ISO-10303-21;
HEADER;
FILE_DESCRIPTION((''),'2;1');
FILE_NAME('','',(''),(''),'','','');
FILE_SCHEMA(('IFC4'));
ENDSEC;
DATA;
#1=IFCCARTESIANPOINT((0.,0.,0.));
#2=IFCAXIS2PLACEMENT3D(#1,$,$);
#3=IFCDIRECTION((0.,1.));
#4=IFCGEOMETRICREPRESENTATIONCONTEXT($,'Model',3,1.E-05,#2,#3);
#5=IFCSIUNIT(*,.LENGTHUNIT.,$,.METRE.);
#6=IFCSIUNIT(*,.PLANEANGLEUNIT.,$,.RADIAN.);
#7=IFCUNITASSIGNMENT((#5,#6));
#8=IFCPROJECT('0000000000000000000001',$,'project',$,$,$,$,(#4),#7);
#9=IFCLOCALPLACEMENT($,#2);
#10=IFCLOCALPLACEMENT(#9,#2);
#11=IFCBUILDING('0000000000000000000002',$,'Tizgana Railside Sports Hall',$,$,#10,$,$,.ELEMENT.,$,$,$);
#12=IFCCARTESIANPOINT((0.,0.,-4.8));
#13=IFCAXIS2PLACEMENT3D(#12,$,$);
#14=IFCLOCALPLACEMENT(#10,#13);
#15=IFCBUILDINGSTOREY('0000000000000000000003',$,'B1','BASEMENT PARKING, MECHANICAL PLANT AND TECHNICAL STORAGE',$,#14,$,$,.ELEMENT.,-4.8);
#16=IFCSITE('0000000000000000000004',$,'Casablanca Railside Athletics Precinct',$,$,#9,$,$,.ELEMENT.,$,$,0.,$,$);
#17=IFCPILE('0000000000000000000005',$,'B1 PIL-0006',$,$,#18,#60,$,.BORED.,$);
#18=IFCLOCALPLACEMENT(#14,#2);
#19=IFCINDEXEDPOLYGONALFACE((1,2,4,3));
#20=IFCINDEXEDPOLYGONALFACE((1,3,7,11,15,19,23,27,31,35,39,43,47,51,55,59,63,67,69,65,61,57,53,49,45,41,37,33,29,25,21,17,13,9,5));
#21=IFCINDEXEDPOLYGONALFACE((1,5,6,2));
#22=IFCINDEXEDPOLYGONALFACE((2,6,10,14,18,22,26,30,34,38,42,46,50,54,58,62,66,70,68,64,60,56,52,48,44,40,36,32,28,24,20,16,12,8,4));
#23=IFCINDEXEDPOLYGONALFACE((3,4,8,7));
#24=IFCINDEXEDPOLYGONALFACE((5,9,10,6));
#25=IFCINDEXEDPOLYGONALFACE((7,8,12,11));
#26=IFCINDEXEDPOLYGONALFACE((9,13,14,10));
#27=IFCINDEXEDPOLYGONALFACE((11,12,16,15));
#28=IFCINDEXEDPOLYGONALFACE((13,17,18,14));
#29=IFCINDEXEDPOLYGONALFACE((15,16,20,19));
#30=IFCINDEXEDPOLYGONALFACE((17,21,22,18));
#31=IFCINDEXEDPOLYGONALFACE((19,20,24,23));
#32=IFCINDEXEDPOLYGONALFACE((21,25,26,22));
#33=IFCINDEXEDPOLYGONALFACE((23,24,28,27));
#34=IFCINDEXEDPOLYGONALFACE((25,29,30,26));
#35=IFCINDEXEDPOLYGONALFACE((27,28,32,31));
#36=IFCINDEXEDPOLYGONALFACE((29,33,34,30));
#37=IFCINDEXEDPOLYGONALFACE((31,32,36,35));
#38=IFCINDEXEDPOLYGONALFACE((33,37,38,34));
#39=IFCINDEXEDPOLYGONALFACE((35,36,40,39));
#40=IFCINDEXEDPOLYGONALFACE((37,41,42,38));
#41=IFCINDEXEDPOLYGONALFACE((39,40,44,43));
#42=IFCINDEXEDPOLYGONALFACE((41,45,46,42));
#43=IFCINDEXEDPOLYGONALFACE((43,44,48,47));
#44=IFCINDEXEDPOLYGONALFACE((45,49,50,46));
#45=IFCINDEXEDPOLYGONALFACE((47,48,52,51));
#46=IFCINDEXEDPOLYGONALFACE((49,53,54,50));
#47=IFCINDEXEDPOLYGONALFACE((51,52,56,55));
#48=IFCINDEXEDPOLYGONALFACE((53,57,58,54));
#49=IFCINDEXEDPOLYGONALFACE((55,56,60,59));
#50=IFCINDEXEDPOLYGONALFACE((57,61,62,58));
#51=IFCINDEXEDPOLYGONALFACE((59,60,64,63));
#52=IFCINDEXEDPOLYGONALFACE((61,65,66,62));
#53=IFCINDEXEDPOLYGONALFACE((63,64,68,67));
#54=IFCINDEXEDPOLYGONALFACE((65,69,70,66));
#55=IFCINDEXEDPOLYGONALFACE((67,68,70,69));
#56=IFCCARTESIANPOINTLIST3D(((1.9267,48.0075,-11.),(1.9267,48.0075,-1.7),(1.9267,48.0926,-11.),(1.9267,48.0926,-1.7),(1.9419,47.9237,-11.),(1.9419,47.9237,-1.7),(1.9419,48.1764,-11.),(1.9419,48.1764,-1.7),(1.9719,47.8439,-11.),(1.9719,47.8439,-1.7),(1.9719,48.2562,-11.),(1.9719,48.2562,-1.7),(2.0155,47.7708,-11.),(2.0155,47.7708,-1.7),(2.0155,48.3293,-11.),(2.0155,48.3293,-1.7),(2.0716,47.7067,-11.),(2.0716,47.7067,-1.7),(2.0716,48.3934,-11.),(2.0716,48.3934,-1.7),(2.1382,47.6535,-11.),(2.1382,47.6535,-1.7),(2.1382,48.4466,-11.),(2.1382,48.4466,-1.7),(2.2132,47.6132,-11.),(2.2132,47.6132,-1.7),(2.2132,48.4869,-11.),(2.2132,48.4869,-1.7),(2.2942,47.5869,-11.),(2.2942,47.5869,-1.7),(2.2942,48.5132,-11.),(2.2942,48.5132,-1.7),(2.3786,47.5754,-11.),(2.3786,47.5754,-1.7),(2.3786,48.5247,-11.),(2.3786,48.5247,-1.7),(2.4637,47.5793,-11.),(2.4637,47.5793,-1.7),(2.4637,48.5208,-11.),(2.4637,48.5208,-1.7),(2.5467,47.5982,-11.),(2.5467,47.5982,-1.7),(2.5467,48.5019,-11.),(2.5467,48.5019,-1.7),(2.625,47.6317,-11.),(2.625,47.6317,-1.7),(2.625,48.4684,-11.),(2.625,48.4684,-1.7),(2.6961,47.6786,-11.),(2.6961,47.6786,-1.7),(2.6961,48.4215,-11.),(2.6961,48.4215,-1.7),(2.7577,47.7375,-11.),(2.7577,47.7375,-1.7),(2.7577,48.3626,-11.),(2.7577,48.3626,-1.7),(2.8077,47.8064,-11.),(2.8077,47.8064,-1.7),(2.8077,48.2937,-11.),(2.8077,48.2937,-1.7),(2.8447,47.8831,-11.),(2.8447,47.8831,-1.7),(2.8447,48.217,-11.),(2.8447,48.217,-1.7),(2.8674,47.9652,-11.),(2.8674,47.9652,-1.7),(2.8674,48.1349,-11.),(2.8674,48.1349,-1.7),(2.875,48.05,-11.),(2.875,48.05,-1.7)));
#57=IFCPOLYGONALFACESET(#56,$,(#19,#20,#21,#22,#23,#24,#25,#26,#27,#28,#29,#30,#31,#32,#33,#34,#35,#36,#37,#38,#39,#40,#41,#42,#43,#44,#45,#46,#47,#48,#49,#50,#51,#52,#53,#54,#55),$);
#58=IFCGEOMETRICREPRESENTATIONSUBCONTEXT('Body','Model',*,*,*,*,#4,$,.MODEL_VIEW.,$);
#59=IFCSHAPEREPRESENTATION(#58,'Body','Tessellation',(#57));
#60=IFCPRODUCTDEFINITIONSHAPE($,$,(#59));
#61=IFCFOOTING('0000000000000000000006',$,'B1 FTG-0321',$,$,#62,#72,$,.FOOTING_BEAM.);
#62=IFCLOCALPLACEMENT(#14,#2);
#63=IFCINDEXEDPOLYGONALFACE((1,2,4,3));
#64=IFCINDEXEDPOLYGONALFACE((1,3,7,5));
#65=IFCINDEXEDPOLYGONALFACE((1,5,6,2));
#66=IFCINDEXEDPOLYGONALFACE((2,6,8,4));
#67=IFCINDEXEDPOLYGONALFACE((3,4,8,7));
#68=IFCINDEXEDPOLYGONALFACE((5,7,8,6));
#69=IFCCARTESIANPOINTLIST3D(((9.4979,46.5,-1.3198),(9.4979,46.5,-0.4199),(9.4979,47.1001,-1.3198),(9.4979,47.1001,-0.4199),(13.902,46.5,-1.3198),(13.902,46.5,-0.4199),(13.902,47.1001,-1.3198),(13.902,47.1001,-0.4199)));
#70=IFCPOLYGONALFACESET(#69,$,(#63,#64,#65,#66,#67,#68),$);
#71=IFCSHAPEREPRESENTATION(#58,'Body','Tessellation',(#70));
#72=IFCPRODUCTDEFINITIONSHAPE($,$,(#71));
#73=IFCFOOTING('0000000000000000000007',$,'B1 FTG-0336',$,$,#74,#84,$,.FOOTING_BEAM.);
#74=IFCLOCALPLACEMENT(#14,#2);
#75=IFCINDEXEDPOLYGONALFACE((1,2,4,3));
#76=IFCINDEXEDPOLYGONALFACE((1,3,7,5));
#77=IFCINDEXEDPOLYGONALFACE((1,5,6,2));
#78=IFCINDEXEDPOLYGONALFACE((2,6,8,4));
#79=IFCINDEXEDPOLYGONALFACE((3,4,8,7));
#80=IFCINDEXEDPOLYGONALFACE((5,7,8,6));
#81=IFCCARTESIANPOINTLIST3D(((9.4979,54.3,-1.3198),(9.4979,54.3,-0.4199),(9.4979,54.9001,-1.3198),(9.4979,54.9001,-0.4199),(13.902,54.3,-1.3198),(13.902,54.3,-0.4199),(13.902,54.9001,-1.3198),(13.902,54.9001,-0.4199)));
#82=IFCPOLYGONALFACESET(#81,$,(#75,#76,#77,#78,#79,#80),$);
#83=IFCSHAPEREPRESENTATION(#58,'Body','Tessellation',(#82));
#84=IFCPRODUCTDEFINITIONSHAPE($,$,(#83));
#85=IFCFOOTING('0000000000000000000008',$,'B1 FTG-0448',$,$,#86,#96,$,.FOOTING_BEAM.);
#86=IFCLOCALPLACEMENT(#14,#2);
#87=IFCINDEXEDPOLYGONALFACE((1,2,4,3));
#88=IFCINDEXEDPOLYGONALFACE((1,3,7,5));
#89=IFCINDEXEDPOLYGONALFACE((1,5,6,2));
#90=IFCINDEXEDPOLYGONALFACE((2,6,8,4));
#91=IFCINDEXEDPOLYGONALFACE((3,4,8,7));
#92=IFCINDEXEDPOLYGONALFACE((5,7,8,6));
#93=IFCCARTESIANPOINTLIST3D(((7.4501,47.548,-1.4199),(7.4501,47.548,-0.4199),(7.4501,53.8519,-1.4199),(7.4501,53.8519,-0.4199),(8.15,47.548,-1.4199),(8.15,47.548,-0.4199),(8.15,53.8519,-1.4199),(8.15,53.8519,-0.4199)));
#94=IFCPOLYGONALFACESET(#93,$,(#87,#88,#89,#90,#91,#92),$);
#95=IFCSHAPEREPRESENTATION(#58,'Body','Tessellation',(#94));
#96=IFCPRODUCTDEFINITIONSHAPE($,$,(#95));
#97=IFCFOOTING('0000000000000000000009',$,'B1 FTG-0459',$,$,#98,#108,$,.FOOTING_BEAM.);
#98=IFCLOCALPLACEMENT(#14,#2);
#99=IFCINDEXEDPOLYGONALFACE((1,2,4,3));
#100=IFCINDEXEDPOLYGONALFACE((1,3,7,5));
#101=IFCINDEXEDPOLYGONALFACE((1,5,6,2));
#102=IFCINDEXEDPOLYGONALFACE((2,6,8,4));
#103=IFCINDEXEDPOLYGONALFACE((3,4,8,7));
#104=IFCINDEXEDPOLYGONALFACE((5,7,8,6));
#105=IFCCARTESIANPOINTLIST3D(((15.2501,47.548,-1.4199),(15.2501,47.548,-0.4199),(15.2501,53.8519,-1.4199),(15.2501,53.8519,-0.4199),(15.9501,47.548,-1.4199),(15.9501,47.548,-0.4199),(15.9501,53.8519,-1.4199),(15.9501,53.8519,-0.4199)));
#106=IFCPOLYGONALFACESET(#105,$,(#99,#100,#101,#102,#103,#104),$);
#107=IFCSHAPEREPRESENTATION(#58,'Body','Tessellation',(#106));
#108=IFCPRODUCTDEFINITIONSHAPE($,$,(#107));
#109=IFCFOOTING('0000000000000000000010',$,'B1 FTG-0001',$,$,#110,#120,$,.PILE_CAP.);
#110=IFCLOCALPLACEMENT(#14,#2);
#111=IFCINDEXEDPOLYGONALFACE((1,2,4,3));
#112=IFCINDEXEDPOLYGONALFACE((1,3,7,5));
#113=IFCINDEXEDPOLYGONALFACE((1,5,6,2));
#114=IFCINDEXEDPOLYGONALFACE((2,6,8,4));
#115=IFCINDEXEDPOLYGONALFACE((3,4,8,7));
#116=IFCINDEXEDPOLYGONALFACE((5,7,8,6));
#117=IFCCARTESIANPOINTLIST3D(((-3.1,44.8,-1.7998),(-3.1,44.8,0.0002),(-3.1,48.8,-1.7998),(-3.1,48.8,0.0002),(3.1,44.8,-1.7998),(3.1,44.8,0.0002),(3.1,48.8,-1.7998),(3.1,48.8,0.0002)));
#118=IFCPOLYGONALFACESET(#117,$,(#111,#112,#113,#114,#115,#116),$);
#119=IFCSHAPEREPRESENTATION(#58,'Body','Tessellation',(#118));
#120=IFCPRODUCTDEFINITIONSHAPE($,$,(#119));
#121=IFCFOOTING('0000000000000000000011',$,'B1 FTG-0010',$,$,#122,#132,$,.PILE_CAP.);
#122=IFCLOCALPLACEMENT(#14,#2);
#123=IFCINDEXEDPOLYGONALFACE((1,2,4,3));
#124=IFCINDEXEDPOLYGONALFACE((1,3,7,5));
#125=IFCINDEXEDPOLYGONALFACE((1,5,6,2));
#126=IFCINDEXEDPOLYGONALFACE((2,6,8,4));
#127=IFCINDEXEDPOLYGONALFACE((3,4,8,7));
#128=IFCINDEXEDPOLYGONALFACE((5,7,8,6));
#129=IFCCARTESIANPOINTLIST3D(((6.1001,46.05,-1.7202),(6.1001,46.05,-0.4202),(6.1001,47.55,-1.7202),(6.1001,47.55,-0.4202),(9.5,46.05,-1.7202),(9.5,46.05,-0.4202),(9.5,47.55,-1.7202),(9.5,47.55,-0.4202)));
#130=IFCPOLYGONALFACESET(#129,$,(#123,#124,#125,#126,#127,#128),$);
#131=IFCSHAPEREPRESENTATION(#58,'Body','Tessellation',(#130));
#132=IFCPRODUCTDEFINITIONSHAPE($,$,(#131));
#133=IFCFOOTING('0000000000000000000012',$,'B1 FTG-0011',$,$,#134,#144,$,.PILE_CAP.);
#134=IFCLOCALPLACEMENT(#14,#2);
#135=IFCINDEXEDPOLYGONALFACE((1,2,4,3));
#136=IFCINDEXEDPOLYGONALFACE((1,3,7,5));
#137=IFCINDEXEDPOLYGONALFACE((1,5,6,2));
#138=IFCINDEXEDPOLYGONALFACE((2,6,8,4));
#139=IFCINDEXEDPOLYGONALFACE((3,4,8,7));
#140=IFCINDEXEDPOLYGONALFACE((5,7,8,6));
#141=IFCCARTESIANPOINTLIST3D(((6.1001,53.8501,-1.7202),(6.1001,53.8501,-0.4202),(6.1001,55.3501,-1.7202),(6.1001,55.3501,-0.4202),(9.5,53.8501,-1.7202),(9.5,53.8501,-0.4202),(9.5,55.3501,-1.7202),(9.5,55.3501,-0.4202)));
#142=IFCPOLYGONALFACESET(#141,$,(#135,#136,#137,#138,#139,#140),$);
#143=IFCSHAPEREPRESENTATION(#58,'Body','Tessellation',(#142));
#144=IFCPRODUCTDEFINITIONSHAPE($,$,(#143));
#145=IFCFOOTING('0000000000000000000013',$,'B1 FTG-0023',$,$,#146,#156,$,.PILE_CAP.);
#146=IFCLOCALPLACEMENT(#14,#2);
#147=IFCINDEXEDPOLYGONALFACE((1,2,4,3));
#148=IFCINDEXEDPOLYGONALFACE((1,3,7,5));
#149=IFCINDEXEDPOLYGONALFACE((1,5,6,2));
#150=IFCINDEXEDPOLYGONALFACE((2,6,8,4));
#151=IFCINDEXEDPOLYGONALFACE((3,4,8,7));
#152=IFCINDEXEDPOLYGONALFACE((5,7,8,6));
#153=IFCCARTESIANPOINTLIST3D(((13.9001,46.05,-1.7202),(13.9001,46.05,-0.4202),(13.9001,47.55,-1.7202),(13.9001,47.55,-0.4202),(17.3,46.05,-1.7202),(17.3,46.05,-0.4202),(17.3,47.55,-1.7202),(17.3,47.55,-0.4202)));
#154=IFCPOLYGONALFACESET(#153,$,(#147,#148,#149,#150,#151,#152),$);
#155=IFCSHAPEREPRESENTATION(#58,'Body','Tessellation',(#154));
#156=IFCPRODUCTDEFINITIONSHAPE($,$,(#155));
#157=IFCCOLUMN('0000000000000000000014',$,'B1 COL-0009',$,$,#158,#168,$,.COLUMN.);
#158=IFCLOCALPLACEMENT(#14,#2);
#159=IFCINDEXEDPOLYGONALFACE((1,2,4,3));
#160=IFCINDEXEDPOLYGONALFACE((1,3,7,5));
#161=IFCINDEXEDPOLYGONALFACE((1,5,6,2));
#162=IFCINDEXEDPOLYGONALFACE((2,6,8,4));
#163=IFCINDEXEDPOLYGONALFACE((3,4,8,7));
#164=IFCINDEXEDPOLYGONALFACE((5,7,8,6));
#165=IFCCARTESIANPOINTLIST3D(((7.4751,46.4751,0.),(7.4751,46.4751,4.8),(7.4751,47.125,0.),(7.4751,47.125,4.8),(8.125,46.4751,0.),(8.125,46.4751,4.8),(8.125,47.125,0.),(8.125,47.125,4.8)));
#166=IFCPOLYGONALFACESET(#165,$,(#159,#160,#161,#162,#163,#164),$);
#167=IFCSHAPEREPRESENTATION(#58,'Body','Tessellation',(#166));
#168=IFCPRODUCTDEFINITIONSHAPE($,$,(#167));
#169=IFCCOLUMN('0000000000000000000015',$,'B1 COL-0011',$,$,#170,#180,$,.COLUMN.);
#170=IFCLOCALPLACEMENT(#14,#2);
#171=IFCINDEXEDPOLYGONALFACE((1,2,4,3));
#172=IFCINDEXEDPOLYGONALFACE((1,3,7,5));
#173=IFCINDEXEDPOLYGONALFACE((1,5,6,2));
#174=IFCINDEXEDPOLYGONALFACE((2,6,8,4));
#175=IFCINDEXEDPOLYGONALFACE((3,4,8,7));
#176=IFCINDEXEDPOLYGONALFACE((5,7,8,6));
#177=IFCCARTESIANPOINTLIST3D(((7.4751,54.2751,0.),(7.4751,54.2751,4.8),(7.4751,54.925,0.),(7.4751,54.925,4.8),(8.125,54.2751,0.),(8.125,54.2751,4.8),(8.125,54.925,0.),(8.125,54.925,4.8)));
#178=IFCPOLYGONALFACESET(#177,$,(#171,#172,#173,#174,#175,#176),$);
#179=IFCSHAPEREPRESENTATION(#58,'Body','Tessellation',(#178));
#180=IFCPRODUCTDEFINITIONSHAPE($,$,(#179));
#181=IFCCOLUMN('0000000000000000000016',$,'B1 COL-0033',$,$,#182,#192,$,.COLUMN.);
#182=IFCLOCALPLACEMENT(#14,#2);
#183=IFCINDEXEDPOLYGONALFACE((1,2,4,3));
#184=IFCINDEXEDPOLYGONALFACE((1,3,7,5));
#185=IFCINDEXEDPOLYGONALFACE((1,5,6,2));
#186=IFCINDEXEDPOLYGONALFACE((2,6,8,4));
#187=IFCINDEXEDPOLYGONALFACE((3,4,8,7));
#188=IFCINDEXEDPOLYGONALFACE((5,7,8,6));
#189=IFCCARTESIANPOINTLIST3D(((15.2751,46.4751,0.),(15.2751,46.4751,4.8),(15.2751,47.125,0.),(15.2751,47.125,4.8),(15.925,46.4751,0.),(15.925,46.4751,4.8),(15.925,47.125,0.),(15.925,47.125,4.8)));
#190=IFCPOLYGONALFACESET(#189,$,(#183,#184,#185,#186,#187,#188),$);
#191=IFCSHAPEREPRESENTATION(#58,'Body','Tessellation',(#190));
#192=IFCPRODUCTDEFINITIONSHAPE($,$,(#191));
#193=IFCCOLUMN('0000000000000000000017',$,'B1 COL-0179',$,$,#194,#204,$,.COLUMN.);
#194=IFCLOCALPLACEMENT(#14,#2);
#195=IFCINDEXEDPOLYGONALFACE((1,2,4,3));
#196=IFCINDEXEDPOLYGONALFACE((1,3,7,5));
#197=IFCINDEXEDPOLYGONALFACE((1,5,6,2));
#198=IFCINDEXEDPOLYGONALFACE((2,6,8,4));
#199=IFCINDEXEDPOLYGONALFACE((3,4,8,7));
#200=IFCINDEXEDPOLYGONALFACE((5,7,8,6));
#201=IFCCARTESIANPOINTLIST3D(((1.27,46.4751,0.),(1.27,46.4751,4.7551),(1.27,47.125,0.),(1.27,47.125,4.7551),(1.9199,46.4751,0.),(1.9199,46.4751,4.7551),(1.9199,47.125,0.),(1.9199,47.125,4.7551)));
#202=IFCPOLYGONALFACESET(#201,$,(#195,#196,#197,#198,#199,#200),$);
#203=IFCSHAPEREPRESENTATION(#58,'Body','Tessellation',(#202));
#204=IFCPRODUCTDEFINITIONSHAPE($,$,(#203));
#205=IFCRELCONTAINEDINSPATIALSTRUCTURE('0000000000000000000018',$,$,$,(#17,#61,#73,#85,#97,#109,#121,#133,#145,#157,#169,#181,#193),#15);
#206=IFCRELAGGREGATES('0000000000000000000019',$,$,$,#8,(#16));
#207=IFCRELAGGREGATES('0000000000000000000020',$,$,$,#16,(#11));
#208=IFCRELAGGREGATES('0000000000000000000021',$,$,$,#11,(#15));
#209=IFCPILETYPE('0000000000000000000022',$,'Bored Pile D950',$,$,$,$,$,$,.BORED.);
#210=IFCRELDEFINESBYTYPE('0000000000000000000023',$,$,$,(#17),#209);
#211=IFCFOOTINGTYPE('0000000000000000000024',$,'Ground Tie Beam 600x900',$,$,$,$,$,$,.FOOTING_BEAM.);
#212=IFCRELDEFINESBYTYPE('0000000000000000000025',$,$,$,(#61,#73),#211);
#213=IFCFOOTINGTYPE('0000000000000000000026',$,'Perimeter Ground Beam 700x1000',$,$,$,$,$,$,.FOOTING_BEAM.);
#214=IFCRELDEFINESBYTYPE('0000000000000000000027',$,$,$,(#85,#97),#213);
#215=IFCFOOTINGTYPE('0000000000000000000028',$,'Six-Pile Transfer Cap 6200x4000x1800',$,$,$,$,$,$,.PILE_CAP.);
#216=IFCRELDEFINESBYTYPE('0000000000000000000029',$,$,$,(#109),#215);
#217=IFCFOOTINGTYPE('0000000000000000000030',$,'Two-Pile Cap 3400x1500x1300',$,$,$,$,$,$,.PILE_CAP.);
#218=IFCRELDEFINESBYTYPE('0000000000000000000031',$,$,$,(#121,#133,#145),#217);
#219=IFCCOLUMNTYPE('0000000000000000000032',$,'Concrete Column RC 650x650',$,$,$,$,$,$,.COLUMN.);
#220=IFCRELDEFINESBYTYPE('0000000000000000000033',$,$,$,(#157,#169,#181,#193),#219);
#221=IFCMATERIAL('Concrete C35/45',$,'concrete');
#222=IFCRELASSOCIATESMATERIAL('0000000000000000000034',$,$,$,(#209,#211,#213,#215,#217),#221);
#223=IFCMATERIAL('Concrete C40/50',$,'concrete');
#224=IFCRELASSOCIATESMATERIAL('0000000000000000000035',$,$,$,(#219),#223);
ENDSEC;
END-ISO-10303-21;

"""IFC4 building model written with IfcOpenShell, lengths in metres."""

from ifc_helpers import new_model, si_unit, direction, frame, origin, origin_2d, place, context, subcontext, project, spatial, rectangle, circle, extrude, material, material_profile, profile_set, type_object, element, save


model = new_model("IFC4")

# Units and contexts
model_context = context("Model", 3, precision=1e-05, world=origin(), true_north=direction((0.0, 1.0)))
body_context = subcontext(model_context, "Body", "Model", "MODEL_VIEW")
ifc_project = project(units=[si_unit("LENGTHUNIT", "METRE"), si_unit("PLANEANGLEUNIT", "RADIAN")], contexts=[model_context])

# Site, building, storey
site_placement = place(None, origin())
site = spatial("IfcSite", under=ifc_project, at=site_placement, Name="Casablanca Railside Athletics Precinct", CompositionType="ELEMENT", RefElevation=0.0)
building_placement = place(site_placement, origin())
building = spatial("IfcBuilding", under=site, at=building_placement, Name="Tizgana Railside Sports Hall", CompositionType="ELEMENT")
storey_placement = place(building_placement, frame((0.0, 0.0, -4.8)))
storey = spatial("IfcBuildingStorey", under=building, at=storey_placement, Name="B1", Description="BASEMENT PARKING, MECHANICAL PLANT AND TECHNICAL STORAGE", CompositionType="ELEMENT", Elevation=-4.8)

# Pile
ifc_material_1 = material(Name="Concrete C35/45", Category="concrete")
ifc_material_profile_1 = material_profile(ifc_material_1, circle(Radius=0.4751, at=origin_2d()), Name="PILE D950")
ifc_profile_set_1 = profile_set([ifc_material_profile_1], Name="Concrete C35/45")
pile_type_1 = type_object("IfcPileType", Name="Bored Pile D950", PredefinedType="BORED", material=ifc_profile_set_1)
for number, where, z_axis, x_axis, name in (
    (1, (2.3999, 48.05, -1.7), (0.0, 0.0, -1.0), (1.0, 0.0, 0.0), "B1 PIL-0006"),
):
    element("IfcPile", number, at=place(storey_placement, frame(where, z_axis=z_axis, x_axis=x_axis)), inside=storey, type_object=pile_type_1, Name=name, PredefinedType="BORED", context=body_context, shape_type="SweptSolid", body=[
        extrude(circle(Radius=0.4751, at=origin_2d()), origin(), (0.0, 0.0, 1.0), 9.3),
    ])

# Footings
footing_type_1 = type_object("IfcFootingType", Name="Ground Tie Beam 600x900", PredefinedType="FOOTING_BEAM", material=ifc_material_1)
for number, where, z_axis, x_axis, name in (
    (2, (11.7, 46.8, -1.3198), (0.0, 0.0, 1.0), (1.0, 0.0, 0.0), "B1 FTG-0321"),
    (3, (11.7, 54.6001, -1.3198), (0.0, 0.0, 1.0), (1.0, 0.0, 0.0), "B1 FTG-0336"),
):
    element("IfcFooting", number, at=place(storey_placement, frame(where, z_axis=z_axis, x_axis=x_axis)), inside=storey, type_object=footing_type_1, Name=name, PredefinedType="FOOTING_BEAM", context=body_context, shape_type="SweptSolid", body=[
        extrude(rectangle(XDim=4.4041, YDim=0.6001, at=origin_2d()), origin(), (0.0, 0.0, 1.0), 0.8999),
    ])
footing_type_2 = type_object("IfcFootingType", Name="Perimeter Ground Beam 700x1000", PredefinedType="FOOTING_BEAM", material=ifc_material_1)
for number, where, z_axis, x_axis, name in (
    (4, (7.8, 50.7, -1.4199), (0.0, 0.0, 1.0), (0.0, 1.0, 0.0), "B1 FTG-0448"),
    (5, (15.6001, 50.7, -1.4199), (0.0, 0.0, 1.0), (0.0, 1.0, 0.0), "B1 FTG-0459"),
):
    element("IfcFooting", number, at=place(storey_placement, frame(where, z_axis=z_axis, x_axis=x_axis)), inside=storey, type_object=footing_type_2, Name=name, PredefinedType="FOOTING_BEAM", context=body_context, shape_type="SweptSolid", body=[
        extrude(rectangle(XDim=6.304, YDim=0.7, at=origin_2d()), origin(), (0.0, 0.0, 1.0), 1.0),
    ])
footing_type_3 = type_object("IfcFootingType", Name="Six-Pile Transfer Cap 6200x4000x1800", PredefinedType="PILE_CAP", material=ifc_material_1)
footing_placement = place(storey_placement, frame((0.0, 46.8, -1.7998), z_axis=(0.0, 0.0, 1.0), x_axis=(1.0, 0.0, 0.0)))
element("IfcFooting", 6, at=footing_placement, inside=storey, type_object=footing_type_3, Name="B1 FTG-0001", PredefinedType="PILE_CAP", context=body_context, shape_type="SweptSolid", body=[
    extrude(rectangle(XDim=6.2, YDim=4.0, at=origin_2d()), origin(), (0.0, 0.0, 1.0), 1.8),
])
footing_type_4 = type_object("IfcFootingType", Name="Two-Pile Cap 3400x1500x1300", PredefinedType="PILE_CAP", material=ifc_material_1)
for number, where, z_axis, x_axis, name in (
    (7, (7.8, 46.8, -1.7202), (0.0, 0.0, 1.0), (1.0, 0.0, 0.0), "B1 FTG-0010"),
    (8, (7.8, 54.6001, -1.7202), (0.0, 0.0, 1.0), (1.0, 0.0, 0.0), "B1 FTG-0011"),
    (9, (15.6001, 46.8, -1.7202), (0.0, 0.0, 1.0), (1.0, 0.0, 0.0), "B1 FTG-0023"),
):
    element("IfcFooting", number, at=place(storey_placement, frame(where, z_axis=z_axis, x_axis=x_axis)), inside=storey, type_object=footing_type_4, Name=name, PredefinedType="PILE_CAP", context=body_context, shape_type="SweptSolid", body=[
        extrude(rectangle(XDim=3.3999, YDim=1.5, at=origin_2d()), origin(), (0.0, 0.0, 1.0), 1.3),
    ])

# Columns
ifc_material_2 = material(Name="Concrete C40/50", Category="concrete")
ifc_material_profile_2 = material_profile(ifc_material_2, rectangle(XDim=0.6499, YDim=0.6499, at=origin_2d()), Name="RC 650x650")
ifc_profile_set_2 = profile_set([ifc_material_profile_2], Name="Concrete C40/50")
column_type = type_object("IfcColumnType", Name="Concrete Column RC 650x650", PredefinedType="COLUMN", material=ifc_profile_set_2)
for number, where, z_axis, x_axis, name in (
    (10, (7.8, 46.8, 0.0), (0.0, 0.0, 1.0), (1.0, 0.0, 0.0), "B1 COL-0009"),
    (11, (7.8, 54.6001, 0.0), (0.0, 0.0, 1.0), (1.0, 0.0, 0.0), "B1 COL-0011"),
    (12, (15.6001, 46.8, 0.0), (0.0, 0.0, 1.0), (1.0, 0.0, 0.0), "B1 COL-0033"),
):
    element("IfcColumn", number, at=place(storey_placement, frame(where, z_axis=z_axis, x_axis=x_axis)), inside=storey, type_object=column_type, Name=name, PredefinedType="COLUMN", context=body_context, shape_type="SweptSolid", body=[
        extrude(rectangle(XDim=0.6499, YDim=0.6499, at=origin_2d()), origin(), (0.0, 0.0, 1.0), 4.8),
    ])
column_placement = place(storey_placement, frame((1.595, 46.8, 0.0), z_axis=(0.0, 0.0, 1.0), x_axis=(1.0, 0.0, 0.0)))
element("IfcColumn", 13, at=column_placement, inside=storey, type_object=column_type, Name="B1 COL-0179", PredefinedType="COLUMN", context=body_context, shape_type="SweptSolid", body=[
    extrude(rectangle(XDim=0.6499, YDim=0.6499, at=origin_2d()), origin(), (0.0, 0.0, 1.0), 4.7551),
])

save(model, "model.ifc")
